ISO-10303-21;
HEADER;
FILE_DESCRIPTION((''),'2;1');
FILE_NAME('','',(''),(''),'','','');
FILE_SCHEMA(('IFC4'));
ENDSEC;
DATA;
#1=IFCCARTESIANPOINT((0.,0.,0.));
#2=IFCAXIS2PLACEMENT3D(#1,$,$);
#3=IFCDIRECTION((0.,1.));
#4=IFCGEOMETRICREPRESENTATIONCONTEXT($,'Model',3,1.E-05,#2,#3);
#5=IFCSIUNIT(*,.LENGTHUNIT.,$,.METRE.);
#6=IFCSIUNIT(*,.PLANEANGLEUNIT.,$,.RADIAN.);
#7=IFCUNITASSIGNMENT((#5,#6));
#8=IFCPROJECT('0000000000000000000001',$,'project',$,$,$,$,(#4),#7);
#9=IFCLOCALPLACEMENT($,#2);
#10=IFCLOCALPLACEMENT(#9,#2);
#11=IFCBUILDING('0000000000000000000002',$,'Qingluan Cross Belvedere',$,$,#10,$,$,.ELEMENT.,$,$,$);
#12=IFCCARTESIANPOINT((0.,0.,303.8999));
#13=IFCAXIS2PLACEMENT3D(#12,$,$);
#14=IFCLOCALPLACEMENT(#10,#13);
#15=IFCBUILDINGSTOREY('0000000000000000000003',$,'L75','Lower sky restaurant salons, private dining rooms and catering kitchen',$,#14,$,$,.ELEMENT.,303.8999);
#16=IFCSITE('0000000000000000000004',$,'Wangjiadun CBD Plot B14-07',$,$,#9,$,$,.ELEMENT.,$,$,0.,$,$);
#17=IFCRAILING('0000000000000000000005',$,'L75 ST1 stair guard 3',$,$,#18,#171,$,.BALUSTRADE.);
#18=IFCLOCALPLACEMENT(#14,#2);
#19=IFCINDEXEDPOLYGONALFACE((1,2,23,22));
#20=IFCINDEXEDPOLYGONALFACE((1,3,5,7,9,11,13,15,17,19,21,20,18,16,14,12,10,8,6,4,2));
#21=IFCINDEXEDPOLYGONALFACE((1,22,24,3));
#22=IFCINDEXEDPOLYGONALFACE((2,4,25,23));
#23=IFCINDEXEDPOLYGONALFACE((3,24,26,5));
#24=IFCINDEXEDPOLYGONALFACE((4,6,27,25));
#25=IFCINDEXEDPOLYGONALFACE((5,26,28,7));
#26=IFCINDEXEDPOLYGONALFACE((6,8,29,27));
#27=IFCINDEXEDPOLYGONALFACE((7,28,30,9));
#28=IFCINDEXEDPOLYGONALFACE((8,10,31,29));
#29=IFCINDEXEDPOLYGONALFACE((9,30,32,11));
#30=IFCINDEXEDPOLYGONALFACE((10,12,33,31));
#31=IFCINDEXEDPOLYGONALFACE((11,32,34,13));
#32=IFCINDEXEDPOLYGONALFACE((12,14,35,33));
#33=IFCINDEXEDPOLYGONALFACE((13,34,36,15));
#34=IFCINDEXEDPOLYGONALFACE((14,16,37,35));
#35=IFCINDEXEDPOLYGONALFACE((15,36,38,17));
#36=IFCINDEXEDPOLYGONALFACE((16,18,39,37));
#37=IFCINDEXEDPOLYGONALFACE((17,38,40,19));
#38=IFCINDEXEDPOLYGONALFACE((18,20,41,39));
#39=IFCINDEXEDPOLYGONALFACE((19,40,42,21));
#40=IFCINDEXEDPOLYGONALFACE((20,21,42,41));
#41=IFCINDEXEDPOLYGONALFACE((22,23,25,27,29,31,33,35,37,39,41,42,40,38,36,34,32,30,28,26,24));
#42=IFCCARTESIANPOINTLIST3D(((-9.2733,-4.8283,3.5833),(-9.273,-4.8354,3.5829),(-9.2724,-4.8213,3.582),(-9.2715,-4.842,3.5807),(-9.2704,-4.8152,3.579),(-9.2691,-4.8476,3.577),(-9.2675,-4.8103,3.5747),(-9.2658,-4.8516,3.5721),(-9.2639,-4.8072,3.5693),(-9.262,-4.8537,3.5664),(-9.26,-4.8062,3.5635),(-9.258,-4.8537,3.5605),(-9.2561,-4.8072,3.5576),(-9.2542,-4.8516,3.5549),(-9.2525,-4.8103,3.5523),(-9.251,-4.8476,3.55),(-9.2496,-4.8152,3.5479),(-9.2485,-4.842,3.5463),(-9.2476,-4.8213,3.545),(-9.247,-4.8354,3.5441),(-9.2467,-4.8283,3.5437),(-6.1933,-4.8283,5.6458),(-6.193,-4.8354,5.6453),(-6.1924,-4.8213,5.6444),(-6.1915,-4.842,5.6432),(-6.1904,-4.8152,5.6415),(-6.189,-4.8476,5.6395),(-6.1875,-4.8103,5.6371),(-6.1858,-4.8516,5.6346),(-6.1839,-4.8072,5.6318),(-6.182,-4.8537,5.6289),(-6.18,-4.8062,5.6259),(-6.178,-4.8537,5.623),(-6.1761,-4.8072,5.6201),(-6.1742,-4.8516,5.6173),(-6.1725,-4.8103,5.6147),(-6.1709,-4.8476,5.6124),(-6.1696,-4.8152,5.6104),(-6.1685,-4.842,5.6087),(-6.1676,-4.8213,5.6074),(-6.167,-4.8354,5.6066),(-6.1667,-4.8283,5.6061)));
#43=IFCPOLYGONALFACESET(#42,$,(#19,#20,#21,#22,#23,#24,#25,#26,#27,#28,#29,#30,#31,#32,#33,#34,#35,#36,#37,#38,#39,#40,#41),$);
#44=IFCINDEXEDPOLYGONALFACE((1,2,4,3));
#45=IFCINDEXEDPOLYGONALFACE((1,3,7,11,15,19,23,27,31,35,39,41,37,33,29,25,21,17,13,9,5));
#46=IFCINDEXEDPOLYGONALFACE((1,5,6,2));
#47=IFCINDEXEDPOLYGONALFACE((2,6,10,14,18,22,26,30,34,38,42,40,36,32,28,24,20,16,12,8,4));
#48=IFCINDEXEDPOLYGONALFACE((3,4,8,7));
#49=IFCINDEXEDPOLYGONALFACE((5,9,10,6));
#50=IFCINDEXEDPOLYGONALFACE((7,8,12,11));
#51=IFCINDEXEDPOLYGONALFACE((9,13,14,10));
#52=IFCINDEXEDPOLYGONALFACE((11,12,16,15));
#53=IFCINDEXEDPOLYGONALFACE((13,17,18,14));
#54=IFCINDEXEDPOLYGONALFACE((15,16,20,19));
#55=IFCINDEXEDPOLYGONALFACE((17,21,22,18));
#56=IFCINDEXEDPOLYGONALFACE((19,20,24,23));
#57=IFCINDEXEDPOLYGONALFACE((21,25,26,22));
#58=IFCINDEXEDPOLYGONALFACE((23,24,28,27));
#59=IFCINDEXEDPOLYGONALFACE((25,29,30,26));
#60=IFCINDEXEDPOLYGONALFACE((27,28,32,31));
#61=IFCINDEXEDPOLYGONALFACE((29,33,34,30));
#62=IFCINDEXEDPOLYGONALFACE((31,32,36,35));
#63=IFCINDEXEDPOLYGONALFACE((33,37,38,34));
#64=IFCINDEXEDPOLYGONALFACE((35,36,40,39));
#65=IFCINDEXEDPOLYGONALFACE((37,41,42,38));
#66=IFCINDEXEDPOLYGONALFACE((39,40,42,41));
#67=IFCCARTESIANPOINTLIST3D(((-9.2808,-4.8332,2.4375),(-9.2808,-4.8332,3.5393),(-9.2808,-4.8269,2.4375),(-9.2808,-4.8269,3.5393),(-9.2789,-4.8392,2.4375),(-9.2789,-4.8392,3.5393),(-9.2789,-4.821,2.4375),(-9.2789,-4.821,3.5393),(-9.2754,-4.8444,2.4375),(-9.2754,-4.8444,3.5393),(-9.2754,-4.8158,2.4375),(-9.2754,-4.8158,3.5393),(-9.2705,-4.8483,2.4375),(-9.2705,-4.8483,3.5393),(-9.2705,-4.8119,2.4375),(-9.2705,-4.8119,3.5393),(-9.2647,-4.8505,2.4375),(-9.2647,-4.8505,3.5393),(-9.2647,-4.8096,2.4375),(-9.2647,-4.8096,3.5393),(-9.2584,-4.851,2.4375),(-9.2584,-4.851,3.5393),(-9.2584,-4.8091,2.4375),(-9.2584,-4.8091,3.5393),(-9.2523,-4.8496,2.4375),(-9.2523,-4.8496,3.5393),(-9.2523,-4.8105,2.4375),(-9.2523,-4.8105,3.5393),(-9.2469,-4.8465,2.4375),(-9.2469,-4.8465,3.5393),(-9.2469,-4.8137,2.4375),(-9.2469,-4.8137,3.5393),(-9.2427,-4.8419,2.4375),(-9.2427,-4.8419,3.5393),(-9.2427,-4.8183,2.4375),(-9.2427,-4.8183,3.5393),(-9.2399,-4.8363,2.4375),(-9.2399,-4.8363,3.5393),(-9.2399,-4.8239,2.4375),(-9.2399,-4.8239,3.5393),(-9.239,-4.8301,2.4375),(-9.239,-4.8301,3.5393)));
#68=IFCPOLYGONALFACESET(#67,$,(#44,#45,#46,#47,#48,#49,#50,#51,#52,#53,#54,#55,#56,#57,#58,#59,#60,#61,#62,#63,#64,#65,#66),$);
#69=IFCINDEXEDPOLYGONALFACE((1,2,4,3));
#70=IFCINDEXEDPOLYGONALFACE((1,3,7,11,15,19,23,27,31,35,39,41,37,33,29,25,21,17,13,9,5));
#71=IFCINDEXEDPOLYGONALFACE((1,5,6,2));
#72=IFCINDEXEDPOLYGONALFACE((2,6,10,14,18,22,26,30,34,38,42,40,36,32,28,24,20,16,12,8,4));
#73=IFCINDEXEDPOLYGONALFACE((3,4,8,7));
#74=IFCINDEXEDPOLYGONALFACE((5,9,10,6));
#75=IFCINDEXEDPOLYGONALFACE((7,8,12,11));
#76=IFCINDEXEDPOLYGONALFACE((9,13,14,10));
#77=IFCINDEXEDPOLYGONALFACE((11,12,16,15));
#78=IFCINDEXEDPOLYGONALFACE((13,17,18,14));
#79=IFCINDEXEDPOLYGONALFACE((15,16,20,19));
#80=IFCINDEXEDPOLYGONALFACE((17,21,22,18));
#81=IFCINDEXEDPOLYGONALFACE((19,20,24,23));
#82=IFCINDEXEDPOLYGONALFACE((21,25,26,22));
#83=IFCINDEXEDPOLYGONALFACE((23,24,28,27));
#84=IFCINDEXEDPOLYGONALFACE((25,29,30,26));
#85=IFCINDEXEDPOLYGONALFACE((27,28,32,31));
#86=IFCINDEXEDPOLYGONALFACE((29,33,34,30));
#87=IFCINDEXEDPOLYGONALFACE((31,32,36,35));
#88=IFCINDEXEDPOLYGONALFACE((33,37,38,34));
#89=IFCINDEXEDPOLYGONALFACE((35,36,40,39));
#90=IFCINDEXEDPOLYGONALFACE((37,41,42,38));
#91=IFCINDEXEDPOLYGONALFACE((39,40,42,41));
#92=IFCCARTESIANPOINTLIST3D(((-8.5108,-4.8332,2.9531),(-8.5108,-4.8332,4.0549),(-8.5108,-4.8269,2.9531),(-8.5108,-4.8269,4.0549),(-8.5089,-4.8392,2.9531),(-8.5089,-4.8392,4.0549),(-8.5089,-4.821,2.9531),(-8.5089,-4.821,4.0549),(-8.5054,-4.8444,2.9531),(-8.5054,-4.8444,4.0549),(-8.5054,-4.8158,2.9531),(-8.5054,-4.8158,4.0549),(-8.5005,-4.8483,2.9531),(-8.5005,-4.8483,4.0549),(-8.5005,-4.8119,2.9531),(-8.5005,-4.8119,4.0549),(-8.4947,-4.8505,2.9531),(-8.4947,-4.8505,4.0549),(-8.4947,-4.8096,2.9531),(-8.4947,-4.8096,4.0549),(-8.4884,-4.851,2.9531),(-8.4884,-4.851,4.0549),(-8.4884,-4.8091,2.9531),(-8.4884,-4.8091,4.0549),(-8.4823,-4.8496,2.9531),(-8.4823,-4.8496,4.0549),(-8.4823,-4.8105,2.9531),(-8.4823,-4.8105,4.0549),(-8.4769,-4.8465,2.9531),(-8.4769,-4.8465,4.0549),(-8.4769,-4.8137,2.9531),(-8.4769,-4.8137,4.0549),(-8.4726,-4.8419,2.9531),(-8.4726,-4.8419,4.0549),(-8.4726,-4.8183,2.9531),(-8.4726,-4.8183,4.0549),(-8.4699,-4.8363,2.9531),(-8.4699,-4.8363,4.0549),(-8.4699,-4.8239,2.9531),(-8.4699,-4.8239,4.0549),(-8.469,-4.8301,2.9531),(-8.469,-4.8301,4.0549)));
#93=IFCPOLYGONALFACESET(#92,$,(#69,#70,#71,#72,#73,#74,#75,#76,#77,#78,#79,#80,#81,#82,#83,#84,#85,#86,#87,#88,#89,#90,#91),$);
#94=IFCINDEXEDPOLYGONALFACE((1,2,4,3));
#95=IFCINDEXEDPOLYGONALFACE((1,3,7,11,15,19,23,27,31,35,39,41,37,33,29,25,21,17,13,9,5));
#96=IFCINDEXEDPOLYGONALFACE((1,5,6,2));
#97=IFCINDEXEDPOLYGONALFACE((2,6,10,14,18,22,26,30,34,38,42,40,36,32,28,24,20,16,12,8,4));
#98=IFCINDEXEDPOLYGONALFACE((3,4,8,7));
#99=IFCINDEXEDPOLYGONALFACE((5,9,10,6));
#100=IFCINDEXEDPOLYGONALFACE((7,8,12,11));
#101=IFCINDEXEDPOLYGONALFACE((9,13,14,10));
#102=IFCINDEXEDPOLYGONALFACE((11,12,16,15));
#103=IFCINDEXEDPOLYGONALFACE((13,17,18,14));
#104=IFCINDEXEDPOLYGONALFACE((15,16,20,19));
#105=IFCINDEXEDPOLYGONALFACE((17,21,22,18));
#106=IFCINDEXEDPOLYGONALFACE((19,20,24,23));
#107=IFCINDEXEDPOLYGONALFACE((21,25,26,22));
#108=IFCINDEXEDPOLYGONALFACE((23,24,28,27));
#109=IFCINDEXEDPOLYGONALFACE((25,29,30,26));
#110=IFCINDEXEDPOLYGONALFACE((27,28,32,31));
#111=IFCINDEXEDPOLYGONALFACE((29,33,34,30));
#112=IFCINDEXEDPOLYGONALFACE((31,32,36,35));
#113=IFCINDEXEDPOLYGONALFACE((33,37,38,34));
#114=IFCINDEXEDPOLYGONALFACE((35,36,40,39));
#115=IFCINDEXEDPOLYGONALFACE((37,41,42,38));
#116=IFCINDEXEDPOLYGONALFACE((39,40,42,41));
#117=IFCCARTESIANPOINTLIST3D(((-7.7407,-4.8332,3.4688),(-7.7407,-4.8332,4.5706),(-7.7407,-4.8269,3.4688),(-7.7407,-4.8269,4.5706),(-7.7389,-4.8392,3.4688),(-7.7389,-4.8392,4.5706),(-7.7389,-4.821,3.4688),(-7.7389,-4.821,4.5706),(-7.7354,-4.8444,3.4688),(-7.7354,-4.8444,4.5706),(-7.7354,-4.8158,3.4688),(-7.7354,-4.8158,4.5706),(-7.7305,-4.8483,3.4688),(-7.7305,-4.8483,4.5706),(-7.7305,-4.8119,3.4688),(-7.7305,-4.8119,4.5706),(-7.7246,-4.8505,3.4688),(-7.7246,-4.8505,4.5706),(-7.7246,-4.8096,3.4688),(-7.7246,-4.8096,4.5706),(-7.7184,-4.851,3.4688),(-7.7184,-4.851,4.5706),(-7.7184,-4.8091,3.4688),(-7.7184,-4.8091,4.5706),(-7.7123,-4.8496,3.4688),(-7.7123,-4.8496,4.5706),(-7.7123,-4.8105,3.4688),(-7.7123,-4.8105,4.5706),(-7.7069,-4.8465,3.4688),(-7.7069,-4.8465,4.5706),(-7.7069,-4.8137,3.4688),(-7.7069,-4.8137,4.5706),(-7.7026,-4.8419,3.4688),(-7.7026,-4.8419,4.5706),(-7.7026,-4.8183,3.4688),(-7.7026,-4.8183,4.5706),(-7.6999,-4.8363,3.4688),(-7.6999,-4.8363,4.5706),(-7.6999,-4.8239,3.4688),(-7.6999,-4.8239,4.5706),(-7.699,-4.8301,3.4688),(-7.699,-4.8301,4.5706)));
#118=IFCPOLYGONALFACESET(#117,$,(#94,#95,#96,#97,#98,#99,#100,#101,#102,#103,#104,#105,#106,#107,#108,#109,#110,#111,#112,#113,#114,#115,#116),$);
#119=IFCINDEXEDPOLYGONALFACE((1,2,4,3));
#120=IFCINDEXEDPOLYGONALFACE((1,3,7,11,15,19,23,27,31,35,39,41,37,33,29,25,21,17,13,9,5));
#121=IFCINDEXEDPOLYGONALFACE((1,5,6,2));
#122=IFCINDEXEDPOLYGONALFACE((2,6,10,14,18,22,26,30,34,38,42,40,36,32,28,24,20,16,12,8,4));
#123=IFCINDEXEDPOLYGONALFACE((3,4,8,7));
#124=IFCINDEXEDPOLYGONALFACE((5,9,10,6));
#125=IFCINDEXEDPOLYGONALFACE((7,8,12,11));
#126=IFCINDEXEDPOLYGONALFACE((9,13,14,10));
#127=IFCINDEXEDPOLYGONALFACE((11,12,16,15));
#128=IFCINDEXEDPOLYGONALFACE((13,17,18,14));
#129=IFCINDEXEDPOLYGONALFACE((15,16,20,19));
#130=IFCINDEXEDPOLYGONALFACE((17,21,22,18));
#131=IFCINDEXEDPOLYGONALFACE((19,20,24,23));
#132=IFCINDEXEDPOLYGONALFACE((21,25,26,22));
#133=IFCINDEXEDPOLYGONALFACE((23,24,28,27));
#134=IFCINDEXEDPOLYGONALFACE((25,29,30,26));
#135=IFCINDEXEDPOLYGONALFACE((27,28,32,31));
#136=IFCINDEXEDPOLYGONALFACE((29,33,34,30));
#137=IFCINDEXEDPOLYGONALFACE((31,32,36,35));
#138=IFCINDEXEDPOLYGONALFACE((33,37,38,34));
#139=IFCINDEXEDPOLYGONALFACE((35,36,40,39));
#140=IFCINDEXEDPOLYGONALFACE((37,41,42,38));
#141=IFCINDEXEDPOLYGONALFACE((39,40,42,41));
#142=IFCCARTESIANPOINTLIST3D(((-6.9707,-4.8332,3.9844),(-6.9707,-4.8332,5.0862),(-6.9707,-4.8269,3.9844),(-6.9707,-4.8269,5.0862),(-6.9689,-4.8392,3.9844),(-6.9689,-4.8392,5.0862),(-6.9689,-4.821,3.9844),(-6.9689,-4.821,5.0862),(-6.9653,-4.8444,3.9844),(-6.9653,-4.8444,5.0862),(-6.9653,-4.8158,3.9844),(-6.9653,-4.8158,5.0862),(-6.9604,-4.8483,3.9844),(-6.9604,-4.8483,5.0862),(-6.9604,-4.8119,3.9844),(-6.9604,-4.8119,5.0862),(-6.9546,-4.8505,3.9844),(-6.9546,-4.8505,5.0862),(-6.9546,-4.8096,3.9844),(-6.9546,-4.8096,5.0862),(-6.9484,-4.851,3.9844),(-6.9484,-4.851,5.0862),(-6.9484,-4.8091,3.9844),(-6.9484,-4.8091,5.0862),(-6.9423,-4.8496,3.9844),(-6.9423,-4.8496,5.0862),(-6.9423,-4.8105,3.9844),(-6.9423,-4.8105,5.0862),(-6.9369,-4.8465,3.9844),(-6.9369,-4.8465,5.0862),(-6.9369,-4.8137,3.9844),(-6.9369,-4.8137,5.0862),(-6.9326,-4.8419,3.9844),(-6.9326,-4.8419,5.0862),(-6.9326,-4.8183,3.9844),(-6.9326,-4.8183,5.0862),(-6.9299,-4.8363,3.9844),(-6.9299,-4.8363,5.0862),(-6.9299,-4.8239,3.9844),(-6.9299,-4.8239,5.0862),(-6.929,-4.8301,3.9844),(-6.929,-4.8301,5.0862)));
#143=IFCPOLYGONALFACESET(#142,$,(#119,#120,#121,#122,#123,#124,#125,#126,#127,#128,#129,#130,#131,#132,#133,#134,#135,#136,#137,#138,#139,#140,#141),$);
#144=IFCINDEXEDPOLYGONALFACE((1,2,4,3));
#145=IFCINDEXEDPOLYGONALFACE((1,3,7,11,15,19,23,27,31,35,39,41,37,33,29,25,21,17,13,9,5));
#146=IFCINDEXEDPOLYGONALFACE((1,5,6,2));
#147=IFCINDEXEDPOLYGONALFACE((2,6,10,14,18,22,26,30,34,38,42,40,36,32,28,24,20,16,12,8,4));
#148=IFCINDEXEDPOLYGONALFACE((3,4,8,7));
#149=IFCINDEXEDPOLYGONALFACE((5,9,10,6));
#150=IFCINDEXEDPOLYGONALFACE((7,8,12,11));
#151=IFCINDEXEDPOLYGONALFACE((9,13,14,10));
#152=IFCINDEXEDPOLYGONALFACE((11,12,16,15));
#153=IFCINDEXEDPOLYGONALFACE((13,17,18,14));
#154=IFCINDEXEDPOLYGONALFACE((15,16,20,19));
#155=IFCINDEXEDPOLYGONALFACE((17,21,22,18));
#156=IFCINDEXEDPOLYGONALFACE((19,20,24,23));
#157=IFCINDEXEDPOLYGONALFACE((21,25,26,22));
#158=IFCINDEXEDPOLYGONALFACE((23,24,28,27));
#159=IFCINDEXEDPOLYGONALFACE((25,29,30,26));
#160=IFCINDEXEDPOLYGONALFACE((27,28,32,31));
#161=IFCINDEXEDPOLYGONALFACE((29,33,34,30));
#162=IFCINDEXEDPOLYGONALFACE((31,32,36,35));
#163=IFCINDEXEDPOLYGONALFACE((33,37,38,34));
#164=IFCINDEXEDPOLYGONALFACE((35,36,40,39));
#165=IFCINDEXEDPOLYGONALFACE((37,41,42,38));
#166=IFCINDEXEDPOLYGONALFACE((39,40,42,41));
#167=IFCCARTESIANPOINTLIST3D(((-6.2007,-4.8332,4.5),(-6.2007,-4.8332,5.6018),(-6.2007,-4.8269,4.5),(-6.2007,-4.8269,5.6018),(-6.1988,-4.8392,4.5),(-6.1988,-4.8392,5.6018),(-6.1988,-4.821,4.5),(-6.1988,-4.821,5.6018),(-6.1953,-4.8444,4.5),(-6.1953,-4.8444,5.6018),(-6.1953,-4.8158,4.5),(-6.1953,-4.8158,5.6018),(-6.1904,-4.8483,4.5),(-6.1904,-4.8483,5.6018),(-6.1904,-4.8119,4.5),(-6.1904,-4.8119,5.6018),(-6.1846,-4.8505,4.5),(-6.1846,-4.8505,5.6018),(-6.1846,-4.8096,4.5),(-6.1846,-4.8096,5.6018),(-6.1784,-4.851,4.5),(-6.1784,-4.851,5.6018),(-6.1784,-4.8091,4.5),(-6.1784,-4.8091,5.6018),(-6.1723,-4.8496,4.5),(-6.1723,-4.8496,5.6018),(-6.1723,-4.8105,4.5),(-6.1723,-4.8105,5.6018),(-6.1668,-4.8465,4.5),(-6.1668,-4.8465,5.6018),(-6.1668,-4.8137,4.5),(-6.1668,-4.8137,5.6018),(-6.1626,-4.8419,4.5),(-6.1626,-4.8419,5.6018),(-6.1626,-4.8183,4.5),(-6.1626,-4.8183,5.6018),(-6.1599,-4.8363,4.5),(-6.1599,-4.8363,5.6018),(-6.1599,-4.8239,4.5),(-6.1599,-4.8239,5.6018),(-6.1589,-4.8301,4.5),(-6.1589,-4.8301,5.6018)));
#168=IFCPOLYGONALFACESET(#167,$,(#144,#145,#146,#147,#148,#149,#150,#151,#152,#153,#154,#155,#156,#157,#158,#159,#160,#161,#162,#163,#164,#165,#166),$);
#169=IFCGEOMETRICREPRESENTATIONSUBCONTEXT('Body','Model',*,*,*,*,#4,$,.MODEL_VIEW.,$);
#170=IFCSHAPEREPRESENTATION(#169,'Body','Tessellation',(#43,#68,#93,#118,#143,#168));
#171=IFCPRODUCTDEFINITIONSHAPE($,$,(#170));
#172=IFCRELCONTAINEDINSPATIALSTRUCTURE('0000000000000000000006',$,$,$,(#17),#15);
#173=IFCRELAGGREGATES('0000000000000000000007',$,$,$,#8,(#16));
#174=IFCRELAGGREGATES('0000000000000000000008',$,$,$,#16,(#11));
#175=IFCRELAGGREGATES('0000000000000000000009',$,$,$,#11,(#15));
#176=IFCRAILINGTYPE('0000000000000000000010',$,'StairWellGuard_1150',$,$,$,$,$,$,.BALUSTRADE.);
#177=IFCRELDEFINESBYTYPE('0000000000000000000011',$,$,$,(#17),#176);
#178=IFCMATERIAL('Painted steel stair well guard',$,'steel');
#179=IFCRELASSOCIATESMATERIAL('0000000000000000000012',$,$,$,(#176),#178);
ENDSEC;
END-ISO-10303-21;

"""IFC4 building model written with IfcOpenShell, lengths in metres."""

from ifc_helpers import new_model, si_unit, direction, frame, origin, origin_2d, place, context, subcontext, project, spatial, circle, extrude, material, type_object, element, save


model = new_model("IFC4")

# Units and contexts
model_context = context("Model", 3, precision=1e-05, world=origin(), true_north=direction((0.0, 1.0)))
body_context = subcontext(model_context, "Body", "Model", "MODEL_VIEW")
ifc_project = project(units=[si_unit("LENGTHUNIT", "METRE"), si_unit("PLANEANGLEUNIT", "RADIAN")], contexts=[model_context])

# Site, building, storey
site_placement = place(None, origin())
site = spatial("IfcSite", under=ifc_project, at=site_placement, Name="Wangjiadun CBD Plot B14-07", CompositionType="ELEMENT", RefElevation=0.0)
building_placement = place(site_placement, origin())
building = spatial("IfcBuilding", under=site, at=building_placement, Name="Qingluan Cross Belvedere", CompositionType="ELEMENT")
storey_placement = place(building_placement, frame((0.0, 0.0, 303.8999)))
storey = spatial("IfcBuildingStorey", under=building, at=storey_placement, Name="L75", Description="Lower sky restaurant salons, private dining rooms and catering kitchen", CompositionType="ELEMENT", Elevation=303.8999)

# Railing
ifc_material_1 = material(Name="Painted steel stair well guard", Category="steel")
railing_type_1 = type_object("IfcRailingType", Name="StairWellGuard_1150", PredefinedType="BALUSTRADE", material=ifc_material_1)
railing_1_placement = place(storey_placement, frame((-9.26, -4.8301, 2.4375)))
element("IfcRailing", 1, at=railing_1_placement, inside=storey, type_object=railing_type_1, Name="L75 ST1 stair guard 3", PredefinedType="BALUSTRADE", context=body_context, shape_type="SweptSolid", body=[
    extrude(circle(Radius=0.0239, at=origin_2d()), frame((0.0, 0.0, 1.126), z_axis=(0.830914, 0.0, 0.556401), x_axis=(0.0, 1.0, 0.0)), (0.0, 0.0, 1.0), 3.7068),
    extrude(circle(Radius=0.021, at=origin_2d()), origin(), (0.0, 0.0, 1.0), 1.1018),
    extrude(circle(Radius=0.021, at=origin_2d()), frame((0.77, 0.0, 0.5156)), (0.0, 0.0, 1.0), 1.1018),
    extrude(circle(Radius=0.021, at=origin_2d()), frame((1.54, 0.0, 1.0312)), (0.0, 0.0, 1.0), 1.1018),
    extrude(circle(Radius=0.021, at=origin_2d()), frame((2.3101, 0.0, 1.5469)), (0.0, 0.0, 1.0), 1.1018),
    extrude(circle(Radius=0.021, at=origin_2d()), frame((3.0801, 0.0, 2.0625)), (0.0, 0.0, 1.0), 1.1018),
])

save(model, "model.ifc")
